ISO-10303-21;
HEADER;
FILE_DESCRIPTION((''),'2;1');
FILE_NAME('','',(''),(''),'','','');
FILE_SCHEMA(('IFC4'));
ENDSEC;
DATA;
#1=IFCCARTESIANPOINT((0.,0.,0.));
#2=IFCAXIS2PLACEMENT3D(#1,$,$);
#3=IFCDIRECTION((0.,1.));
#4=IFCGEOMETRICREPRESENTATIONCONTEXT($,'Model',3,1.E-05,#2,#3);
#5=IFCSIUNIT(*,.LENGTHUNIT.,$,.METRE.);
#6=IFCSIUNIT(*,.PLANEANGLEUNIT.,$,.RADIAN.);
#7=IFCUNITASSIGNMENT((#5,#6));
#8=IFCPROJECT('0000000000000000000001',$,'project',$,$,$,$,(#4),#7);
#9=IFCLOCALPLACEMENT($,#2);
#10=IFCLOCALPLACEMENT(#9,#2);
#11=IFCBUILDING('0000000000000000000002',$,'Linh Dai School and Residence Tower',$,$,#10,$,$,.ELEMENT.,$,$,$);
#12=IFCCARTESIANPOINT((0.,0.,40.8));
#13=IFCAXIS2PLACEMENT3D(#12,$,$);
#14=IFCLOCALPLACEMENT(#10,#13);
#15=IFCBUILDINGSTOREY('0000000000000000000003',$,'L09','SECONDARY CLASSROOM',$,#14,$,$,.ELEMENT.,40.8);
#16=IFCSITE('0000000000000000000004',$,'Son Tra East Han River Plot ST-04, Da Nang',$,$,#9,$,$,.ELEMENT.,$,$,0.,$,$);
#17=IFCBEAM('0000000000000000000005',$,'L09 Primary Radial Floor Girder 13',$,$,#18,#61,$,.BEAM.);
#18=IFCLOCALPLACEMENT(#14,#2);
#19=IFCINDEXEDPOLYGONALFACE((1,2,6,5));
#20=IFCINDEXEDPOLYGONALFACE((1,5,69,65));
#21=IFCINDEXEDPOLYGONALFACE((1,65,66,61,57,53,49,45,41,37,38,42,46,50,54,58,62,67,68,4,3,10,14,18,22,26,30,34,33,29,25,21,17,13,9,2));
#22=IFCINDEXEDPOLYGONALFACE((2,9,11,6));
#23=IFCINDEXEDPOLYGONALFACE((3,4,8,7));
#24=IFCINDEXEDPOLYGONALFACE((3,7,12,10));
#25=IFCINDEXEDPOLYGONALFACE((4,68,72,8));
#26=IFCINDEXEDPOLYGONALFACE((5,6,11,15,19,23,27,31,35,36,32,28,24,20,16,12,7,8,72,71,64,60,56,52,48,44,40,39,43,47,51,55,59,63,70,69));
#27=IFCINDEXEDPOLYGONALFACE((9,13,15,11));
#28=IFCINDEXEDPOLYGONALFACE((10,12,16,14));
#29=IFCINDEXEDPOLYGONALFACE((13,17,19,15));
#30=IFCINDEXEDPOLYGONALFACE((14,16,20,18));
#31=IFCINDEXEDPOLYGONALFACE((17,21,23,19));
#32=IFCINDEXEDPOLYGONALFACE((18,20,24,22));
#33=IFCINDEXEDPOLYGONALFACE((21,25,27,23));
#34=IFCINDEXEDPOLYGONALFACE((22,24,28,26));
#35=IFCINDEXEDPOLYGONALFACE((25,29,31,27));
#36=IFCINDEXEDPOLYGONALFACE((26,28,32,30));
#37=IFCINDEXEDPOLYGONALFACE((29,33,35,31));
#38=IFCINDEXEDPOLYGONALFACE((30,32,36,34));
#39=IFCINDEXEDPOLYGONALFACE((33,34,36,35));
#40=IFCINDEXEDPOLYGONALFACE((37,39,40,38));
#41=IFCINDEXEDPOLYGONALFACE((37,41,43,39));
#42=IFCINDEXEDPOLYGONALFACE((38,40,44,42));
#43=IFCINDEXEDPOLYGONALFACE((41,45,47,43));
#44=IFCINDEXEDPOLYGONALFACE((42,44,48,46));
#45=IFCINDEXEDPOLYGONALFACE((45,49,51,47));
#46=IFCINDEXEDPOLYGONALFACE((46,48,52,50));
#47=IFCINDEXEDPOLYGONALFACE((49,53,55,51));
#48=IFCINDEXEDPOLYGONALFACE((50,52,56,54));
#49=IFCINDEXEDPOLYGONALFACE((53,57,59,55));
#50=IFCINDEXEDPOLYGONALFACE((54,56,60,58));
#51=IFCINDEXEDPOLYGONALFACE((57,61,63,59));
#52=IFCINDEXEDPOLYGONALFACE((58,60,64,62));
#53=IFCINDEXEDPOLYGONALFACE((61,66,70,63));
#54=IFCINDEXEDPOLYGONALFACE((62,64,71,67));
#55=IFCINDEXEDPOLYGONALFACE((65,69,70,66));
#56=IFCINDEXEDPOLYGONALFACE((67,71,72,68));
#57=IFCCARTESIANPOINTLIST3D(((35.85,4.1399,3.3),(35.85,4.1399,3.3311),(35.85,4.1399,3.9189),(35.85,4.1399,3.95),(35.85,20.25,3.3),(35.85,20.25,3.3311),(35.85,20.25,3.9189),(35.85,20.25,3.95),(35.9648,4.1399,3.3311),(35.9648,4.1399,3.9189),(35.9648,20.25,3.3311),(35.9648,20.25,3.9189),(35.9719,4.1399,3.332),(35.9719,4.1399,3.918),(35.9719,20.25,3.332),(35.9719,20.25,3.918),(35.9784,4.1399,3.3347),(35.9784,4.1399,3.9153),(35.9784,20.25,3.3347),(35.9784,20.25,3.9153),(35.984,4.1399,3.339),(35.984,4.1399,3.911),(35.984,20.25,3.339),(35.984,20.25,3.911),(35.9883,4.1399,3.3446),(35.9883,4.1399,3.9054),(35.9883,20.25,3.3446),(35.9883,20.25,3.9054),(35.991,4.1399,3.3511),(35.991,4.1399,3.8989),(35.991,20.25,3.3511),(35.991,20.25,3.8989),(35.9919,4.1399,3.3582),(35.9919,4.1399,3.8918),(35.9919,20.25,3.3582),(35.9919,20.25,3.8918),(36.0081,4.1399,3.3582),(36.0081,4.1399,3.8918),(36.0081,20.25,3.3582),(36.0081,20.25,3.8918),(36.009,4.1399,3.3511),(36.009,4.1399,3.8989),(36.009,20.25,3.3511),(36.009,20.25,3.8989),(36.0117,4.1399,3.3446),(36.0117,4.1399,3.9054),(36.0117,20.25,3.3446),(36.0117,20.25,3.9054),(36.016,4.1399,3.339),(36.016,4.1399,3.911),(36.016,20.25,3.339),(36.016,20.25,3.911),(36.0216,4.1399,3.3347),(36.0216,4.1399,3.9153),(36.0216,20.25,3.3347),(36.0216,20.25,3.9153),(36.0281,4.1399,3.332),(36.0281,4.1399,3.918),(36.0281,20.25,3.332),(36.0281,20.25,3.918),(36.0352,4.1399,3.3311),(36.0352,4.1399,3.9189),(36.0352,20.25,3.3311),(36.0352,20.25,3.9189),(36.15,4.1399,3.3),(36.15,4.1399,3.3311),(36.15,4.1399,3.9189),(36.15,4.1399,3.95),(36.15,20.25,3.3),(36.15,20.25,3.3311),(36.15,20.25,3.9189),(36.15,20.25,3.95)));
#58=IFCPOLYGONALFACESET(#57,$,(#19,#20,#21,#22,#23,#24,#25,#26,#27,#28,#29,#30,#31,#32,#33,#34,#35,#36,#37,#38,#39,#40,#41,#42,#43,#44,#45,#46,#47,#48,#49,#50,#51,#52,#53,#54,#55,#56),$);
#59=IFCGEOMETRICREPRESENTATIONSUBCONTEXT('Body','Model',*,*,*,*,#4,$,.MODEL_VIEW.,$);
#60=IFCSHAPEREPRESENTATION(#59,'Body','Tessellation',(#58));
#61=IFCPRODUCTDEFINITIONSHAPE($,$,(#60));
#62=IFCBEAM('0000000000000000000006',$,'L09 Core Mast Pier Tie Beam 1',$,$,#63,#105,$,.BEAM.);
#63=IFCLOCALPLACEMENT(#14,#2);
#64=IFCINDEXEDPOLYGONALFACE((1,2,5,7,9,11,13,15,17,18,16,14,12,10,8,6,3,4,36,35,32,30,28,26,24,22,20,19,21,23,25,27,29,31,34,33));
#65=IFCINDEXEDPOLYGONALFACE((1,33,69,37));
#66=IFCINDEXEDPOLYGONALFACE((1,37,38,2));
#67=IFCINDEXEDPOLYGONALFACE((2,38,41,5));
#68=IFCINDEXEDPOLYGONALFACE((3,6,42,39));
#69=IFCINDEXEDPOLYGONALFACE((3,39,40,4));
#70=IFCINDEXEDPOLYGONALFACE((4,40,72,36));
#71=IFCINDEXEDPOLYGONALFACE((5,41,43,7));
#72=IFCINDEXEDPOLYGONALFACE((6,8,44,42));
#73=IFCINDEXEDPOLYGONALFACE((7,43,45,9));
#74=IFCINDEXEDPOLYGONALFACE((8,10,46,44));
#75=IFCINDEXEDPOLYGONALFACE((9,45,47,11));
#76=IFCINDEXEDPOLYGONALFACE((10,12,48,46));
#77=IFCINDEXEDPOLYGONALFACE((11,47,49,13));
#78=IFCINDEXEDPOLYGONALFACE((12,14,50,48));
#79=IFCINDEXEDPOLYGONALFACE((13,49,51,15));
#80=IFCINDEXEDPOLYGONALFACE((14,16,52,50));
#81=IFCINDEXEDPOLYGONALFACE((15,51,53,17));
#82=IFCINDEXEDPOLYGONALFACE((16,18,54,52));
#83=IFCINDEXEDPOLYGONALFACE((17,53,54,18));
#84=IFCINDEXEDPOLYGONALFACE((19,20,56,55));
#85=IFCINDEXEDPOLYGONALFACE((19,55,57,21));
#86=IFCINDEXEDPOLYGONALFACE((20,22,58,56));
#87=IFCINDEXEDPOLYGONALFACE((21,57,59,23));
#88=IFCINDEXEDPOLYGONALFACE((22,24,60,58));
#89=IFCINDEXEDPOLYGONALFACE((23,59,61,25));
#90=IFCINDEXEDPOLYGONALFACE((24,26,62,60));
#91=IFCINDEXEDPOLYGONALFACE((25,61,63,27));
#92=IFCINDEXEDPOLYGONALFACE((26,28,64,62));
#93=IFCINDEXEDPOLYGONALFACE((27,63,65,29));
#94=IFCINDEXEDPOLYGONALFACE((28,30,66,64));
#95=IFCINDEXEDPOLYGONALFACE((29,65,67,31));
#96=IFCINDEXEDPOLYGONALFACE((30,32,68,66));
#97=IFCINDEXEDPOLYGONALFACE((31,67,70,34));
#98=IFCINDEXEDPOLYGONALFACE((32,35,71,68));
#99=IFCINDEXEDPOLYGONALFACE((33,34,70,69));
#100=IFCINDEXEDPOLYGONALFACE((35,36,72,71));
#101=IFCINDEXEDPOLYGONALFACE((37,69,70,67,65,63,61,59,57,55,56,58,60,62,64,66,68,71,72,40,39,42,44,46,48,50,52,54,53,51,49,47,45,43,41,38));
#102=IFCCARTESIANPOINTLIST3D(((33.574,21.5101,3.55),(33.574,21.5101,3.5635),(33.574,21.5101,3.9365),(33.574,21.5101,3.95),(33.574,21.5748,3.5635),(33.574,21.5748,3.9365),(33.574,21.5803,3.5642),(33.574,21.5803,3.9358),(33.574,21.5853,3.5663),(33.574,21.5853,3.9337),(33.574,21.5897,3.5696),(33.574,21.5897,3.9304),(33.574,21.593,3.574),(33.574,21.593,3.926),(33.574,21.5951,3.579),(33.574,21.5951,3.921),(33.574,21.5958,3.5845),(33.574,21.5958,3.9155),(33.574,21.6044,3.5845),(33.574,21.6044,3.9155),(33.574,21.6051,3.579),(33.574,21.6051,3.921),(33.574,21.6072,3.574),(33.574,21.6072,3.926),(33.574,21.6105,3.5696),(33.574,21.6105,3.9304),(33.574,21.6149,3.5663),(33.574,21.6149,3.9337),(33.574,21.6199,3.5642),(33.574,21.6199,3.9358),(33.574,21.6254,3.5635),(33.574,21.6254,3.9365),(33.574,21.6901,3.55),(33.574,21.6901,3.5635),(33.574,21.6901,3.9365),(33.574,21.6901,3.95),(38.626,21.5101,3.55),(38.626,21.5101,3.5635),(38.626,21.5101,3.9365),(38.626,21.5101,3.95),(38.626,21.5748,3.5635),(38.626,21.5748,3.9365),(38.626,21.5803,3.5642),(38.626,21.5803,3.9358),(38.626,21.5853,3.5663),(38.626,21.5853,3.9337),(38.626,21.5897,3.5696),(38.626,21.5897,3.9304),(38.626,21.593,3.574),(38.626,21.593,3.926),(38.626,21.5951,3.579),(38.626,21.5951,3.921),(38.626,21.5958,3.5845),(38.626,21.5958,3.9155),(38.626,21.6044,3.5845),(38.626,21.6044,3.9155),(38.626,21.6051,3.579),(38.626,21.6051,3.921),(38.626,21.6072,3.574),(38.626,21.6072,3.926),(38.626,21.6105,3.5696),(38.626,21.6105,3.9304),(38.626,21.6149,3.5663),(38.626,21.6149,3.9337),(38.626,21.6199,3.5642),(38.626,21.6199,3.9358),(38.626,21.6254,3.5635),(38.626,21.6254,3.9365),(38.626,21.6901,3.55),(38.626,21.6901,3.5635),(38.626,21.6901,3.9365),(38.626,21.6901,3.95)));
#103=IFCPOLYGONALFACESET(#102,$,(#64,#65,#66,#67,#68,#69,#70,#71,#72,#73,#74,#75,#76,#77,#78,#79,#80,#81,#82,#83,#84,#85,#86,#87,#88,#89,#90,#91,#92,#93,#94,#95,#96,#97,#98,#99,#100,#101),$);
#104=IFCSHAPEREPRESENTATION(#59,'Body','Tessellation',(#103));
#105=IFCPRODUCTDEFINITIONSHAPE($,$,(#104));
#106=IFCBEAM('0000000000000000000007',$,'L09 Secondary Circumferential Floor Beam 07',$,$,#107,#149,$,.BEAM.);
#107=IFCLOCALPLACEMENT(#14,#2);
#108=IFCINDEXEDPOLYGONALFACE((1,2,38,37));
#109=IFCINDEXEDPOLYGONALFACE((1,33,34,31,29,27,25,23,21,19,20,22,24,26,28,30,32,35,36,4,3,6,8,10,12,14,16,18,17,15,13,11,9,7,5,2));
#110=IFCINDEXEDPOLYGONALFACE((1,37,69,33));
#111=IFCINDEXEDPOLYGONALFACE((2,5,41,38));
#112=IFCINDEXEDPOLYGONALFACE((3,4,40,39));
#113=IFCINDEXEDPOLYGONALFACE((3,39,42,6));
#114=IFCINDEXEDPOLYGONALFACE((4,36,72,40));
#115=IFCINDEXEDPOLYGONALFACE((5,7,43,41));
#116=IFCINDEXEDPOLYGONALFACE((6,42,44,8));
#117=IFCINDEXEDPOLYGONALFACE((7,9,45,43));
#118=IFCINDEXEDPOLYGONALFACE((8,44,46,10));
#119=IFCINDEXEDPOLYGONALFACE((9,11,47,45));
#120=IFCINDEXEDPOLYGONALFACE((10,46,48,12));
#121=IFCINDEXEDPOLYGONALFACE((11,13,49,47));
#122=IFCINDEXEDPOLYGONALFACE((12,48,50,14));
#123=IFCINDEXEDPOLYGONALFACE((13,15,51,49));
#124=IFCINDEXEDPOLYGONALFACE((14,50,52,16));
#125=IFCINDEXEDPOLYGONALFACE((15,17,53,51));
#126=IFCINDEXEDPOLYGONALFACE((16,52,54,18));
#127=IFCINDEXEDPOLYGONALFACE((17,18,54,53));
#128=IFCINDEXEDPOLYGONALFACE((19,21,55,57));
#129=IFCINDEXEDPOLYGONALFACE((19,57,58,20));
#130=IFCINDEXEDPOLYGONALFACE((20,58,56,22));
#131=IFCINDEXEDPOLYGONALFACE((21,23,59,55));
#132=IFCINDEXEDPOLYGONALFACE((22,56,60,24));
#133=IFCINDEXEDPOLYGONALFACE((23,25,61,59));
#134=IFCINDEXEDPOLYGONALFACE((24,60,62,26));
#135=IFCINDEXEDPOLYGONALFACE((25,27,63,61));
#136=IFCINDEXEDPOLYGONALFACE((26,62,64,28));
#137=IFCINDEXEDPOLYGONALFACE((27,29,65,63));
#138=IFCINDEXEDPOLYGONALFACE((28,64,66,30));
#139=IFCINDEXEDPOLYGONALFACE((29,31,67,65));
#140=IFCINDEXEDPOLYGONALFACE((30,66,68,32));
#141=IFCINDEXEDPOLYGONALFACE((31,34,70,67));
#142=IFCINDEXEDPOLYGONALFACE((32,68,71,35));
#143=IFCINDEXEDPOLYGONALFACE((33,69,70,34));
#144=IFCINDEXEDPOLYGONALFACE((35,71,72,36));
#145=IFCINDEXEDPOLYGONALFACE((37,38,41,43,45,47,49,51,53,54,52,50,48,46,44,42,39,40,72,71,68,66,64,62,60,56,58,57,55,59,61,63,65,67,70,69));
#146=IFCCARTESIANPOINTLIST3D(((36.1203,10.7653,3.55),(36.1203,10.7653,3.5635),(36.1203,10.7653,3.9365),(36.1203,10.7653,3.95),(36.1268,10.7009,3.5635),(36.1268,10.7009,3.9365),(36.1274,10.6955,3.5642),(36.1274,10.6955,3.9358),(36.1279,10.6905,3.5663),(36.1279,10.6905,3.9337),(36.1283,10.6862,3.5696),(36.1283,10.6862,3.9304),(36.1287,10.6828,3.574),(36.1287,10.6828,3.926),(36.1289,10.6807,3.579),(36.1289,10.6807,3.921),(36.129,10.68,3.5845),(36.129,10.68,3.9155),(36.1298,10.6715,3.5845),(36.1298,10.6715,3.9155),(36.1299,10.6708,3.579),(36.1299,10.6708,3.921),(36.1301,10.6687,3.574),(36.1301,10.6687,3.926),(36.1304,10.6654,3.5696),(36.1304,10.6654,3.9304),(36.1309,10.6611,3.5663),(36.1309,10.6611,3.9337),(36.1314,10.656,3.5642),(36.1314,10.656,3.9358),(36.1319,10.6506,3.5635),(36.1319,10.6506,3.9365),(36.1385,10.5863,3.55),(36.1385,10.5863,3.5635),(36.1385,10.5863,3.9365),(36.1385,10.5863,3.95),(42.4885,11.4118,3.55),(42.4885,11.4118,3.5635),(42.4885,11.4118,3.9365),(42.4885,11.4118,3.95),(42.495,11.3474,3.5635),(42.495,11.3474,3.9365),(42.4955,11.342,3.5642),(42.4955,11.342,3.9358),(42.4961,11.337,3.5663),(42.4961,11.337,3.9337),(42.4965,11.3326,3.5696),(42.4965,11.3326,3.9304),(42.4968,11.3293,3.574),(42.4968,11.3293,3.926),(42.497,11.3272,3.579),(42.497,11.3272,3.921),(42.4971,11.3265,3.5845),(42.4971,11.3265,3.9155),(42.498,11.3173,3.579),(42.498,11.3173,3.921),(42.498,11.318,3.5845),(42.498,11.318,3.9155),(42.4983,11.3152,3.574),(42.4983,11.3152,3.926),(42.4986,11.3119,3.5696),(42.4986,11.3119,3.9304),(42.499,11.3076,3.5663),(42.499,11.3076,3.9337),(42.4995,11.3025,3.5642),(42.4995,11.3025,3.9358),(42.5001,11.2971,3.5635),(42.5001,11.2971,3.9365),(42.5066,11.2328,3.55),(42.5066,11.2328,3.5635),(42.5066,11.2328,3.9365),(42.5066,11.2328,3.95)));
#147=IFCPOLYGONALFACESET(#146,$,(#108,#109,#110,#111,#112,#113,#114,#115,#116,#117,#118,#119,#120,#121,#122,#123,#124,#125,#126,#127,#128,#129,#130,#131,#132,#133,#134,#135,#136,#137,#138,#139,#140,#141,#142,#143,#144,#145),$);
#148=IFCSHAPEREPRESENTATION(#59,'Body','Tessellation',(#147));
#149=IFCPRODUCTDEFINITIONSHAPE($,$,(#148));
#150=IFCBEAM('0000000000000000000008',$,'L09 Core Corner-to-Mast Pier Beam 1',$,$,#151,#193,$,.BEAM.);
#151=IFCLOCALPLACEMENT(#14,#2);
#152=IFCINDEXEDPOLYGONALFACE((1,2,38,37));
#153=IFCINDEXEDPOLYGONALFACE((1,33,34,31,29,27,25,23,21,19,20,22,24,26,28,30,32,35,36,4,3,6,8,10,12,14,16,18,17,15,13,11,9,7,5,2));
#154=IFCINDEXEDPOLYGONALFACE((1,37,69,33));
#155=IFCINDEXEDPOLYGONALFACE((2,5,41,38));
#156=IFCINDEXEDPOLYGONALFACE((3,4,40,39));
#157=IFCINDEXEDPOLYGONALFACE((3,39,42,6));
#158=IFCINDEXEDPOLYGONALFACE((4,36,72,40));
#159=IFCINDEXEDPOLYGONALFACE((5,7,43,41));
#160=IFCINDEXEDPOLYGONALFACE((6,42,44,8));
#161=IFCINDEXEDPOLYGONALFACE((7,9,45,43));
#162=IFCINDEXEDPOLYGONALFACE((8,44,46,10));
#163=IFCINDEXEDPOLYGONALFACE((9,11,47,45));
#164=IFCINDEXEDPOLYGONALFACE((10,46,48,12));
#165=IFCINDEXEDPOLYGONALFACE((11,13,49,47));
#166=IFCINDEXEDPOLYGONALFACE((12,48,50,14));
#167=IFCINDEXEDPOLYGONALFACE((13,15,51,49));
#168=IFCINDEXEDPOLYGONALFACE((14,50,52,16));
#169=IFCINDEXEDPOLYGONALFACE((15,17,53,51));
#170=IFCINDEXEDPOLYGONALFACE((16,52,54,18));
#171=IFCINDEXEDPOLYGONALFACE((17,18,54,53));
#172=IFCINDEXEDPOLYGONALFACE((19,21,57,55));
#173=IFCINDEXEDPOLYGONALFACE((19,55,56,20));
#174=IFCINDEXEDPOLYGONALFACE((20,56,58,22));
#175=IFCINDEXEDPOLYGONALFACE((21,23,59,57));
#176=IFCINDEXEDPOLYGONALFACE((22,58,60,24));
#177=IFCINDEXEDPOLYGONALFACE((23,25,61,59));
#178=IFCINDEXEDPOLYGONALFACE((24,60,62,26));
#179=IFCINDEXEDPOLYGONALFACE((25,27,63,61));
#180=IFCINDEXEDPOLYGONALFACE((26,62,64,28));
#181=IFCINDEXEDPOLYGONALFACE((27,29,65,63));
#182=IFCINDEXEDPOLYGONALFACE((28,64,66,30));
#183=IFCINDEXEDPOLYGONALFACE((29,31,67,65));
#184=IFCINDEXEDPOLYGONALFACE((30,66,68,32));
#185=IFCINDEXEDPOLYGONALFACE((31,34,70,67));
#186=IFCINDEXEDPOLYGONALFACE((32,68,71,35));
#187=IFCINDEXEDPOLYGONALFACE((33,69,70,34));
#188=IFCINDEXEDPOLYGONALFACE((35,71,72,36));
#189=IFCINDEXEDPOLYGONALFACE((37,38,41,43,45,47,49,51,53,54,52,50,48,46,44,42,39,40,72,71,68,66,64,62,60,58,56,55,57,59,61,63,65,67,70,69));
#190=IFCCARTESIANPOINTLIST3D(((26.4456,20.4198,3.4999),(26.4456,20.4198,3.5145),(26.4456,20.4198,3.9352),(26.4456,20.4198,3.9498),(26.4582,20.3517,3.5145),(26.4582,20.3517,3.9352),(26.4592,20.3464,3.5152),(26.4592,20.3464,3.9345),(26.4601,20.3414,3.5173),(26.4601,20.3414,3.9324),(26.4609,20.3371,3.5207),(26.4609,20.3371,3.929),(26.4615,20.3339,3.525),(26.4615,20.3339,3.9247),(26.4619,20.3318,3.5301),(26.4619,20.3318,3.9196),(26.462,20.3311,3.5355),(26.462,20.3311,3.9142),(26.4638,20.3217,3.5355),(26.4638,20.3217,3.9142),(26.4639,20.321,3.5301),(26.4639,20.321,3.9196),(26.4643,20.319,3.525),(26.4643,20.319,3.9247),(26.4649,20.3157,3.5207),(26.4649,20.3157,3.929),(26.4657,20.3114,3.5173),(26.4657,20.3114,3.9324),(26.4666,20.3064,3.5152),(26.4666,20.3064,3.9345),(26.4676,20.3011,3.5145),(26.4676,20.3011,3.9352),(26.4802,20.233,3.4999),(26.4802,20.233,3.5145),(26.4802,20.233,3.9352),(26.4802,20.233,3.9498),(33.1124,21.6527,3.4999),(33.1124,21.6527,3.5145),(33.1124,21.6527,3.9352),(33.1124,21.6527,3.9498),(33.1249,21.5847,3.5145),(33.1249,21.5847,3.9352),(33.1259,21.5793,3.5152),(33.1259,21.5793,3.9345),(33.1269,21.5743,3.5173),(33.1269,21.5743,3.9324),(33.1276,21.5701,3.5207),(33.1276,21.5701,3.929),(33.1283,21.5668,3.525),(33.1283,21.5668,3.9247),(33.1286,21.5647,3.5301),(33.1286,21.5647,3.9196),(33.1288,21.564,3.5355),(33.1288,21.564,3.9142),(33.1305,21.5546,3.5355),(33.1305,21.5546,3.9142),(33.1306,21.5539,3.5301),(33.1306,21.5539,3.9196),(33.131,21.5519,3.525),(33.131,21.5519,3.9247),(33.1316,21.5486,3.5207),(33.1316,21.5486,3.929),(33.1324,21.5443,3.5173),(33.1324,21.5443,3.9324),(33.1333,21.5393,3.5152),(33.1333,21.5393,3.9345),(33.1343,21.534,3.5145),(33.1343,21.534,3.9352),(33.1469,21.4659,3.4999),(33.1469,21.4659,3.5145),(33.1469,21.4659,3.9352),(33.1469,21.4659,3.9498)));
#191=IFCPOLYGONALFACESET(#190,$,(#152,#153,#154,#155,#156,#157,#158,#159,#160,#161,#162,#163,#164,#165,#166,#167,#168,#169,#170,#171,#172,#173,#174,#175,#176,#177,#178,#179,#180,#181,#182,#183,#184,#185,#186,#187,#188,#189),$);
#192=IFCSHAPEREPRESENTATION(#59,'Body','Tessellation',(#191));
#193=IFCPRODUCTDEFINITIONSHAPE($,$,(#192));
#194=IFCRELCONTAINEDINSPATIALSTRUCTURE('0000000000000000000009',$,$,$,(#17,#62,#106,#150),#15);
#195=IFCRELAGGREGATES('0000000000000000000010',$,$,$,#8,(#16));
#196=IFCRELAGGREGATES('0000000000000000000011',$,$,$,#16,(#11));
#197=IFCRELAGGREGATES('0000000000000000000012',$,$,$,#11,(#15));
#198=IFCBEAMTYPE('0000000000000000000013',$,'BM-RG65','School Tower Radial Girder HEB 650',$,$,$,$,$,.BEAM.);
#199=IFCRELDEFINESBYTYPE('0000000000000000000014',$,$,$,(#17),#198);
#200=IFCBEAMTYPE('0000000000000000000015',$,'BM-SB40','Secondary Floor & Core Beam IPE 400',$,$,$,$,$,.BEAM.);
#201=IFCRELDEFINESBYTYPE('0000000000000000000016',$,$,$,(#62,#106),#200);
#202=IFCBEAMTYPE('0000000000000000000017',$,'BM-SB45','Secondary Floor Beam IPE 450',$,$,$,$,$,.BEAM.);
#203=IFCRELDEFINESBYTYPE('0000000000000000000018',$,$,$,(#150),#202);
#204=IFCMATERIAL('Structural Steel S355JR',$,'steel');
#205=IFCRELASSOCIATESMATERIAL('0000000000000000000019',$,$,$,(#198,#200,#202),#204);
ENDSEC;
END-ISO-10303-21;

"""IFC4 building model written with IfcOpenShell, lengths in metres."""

from ifc_helpers import new_model, si_unit, direction, frame, origin, origin_2d, place, context, subcontext, project, spatial, i_section, extrude, material, material_profile, profile_set, type_object, element, save


model = new_model("IFC4")

# Units and contexts
model_context = context("Model", 3, precision=1e-05, world=origin(), true_north=direction((0.0, 1.0)))
body_context = subcontext(model_context, "Body", "Model", "MODEL_VIEW")
ifc_project = project(units=[si_unit("LENGTHUNIT", "METRE"), si_unit("PLANEANGLEUNIT", "RADIAN")], contexts=[model_context])

# Site, building, storey
site_placement = place(None, origin())
site = spatial("IfcSite", under=ifc_project, at=site_placement, Name="Son Tra East Han River Plot ST-04, Da Nang", CompositionType="ELEMENT", RefElevation=0.0)
building_placement = place(site_placement, origin())
building = spatial("IfcBuilding", under=site, at=building_placement, Name="Linh Dai School and Residence Tower", CompositionType="ELEMENT")
storey_placement = place(building_placement, frame((0.0, 0.0, 40.8)))
storey = spatial("IfcBuildingStorey", under=building, at=storey_placement, Name="L09", Description="SECONDARY CLASSROOM", CompositionType="ELEMENT", Elevation=40.8)

# Shared definitions
ifc_material_1 = material(Name="Structural Steel S355JR", Category="steel")

# Beams
ifc_material_profile_1 = material_profile(ifc_material_1, i_section(OverallWidth=0.3, OverallDepth=0.6499, WebThickness=0.0161, FlangeThickness=0.031, FilletRadius=0.0271, at=origin_2d()), Name="HEB 650")
ifc_profile_set_1 = profile_set([ifc_material_profile_1], Name="Structural Steel S355JR")
beam_type_1 = type_object("IfcBeamType", Name="BM-RG65", Description="School Tower Radial Girder HEB 650", PredefinedType="BEAM", material=ifc_profile_set_1)
beam_1_placement = place(storey_placement, frame((36.0, 20.25, 3.625), z_axis=(0.0, -1.0, 0.0), x_axis=(1.0, 0.0, 0.0)))
element("IfcBeam", 1, at=beam_1_placement, inside=storey, type_object=beam_type_1, Name="L09 Primary Radial Floor Girder 13", PredefinedType="BEAM", context=body_context, shape_type="SweptSolid", body=[
    extrude(i_section(OverallWidth=0.3, OverallDepth=0.6499, WebThickness=0.0161, FlangeThickness=0.031, FilletRadius=0.0271, at=origin_2d()), origin(), (0.0, 0.0, 1.0), 16.1101),
])
ifc_material_profile_2 = material_profile(ifc_material_1, i_section(OverallWidth=0.1799, OverallDepth=0.3999, WebThickness=0.0085, FlangeThickness=0.0134, FilletRadius=0.021, at=origin_2d()), Name="IPE 400")
ifc_profile_set_2 = profile_set([ifc_material_profile_2], Name="Structural Steel S355JR")
beam_type_2 = type_object("IfcBeamType", Name="BM-SB40", Description="Secondary Floor & Core Beam IPE 400", PredefinedType="BEAM", material=ifc_profile_set_2)
beam_2_placement = place(storey_placement, frame((33.574, 21.6001, 3.75), z_axis=(1.0, 0.0, 0.0), x_axis=(0.0, 1.0, 0.0)))
element("IfcBeam", 2, at=beam_2_placement, inside=storey, type_object=beam_type_2, Name="L09 Core Mast Pier Tie Beam 1", PredefinedType="BEAM", context=body_context, shape_type="SweptSolid", body=[
    extrude(i_section(OverallWidth=0.1799, OverallDepth=0.3999, WebThickness=0.0085, FlangeThickness=0.0134, FilletRadius=0.021, at=origin_2d()), origin(), (0.0, 0.0, 1.0), 5.052),
])
beam_3_placement = place(storey_placement, frame((36.1294, 10.6758, 3.75), z_axis=(0.994887, 0.100999, 0.0), x_axis=(-0.100999, 0.994887, 0.0)))
element("IfcBeam", 3, at=beam_3_placement, inside=storey, type_object=beam_type_2, Name="L09 Secondary Circumferential Floor Beam 07", PredefinedType="BEAM", context=body_context, shape_type="SweptSolid", body=[
    extrude(i_section(OverallWidth=0.1799, OverallDepth=0.3999, WebThickness=0.0085, FlangeThickness=0.0134, FilletRadius=0.021, at=origin_2d()), origin(), (0.0, 0.0, 1.0), 6.4009),
])
ifc_material_profile_3 = material_profile(ifc_material_1, i_section(OverallWidth=0.1899, OverallDepth=0.45, WebThickness=0.0095, FlangeThickness=0.0146, FilletRadius=0.021, at=origin_2d()), Name="IPE 450")
ifc_profile_set_3 = profile_set([ifc_material_profile_3], Name="Structural Steel S355JR")
beam_type_3 = type_object("IfcBeamType", Name="BM-SB45", Description="Secondary Floor Beam IPE 450", PredefinedType="BEAM", material=ifc_profile_set_3)
beam_4_placement = place(storey_placement, frame((26.4629, 20.3264, 3.7249), z_axis=(0.983326, 0.181851, 0.0), x_axis=(-0.181851, 0.983326, 0.0)))
element("IfcBeam", 4, at=beam_4_placement, inside=storey, type_object=beam_type_3, Name="L09 Core Corner-to-Mast Pier Beam 1", PredefinedType="BEAM", context=body_context, shape_type="SweptSolid", body=[
    extrude(i_section(OverallWidth=0.1899, OverallDepth=0.45, WebThickness=0.0095, FlangeThickness=0.0146, FilletRadius=0.021, at=origin_2d()), origin(), (0.0, 0.0, 1.0), 6.7798),
])

save(model, "model.ifc")
